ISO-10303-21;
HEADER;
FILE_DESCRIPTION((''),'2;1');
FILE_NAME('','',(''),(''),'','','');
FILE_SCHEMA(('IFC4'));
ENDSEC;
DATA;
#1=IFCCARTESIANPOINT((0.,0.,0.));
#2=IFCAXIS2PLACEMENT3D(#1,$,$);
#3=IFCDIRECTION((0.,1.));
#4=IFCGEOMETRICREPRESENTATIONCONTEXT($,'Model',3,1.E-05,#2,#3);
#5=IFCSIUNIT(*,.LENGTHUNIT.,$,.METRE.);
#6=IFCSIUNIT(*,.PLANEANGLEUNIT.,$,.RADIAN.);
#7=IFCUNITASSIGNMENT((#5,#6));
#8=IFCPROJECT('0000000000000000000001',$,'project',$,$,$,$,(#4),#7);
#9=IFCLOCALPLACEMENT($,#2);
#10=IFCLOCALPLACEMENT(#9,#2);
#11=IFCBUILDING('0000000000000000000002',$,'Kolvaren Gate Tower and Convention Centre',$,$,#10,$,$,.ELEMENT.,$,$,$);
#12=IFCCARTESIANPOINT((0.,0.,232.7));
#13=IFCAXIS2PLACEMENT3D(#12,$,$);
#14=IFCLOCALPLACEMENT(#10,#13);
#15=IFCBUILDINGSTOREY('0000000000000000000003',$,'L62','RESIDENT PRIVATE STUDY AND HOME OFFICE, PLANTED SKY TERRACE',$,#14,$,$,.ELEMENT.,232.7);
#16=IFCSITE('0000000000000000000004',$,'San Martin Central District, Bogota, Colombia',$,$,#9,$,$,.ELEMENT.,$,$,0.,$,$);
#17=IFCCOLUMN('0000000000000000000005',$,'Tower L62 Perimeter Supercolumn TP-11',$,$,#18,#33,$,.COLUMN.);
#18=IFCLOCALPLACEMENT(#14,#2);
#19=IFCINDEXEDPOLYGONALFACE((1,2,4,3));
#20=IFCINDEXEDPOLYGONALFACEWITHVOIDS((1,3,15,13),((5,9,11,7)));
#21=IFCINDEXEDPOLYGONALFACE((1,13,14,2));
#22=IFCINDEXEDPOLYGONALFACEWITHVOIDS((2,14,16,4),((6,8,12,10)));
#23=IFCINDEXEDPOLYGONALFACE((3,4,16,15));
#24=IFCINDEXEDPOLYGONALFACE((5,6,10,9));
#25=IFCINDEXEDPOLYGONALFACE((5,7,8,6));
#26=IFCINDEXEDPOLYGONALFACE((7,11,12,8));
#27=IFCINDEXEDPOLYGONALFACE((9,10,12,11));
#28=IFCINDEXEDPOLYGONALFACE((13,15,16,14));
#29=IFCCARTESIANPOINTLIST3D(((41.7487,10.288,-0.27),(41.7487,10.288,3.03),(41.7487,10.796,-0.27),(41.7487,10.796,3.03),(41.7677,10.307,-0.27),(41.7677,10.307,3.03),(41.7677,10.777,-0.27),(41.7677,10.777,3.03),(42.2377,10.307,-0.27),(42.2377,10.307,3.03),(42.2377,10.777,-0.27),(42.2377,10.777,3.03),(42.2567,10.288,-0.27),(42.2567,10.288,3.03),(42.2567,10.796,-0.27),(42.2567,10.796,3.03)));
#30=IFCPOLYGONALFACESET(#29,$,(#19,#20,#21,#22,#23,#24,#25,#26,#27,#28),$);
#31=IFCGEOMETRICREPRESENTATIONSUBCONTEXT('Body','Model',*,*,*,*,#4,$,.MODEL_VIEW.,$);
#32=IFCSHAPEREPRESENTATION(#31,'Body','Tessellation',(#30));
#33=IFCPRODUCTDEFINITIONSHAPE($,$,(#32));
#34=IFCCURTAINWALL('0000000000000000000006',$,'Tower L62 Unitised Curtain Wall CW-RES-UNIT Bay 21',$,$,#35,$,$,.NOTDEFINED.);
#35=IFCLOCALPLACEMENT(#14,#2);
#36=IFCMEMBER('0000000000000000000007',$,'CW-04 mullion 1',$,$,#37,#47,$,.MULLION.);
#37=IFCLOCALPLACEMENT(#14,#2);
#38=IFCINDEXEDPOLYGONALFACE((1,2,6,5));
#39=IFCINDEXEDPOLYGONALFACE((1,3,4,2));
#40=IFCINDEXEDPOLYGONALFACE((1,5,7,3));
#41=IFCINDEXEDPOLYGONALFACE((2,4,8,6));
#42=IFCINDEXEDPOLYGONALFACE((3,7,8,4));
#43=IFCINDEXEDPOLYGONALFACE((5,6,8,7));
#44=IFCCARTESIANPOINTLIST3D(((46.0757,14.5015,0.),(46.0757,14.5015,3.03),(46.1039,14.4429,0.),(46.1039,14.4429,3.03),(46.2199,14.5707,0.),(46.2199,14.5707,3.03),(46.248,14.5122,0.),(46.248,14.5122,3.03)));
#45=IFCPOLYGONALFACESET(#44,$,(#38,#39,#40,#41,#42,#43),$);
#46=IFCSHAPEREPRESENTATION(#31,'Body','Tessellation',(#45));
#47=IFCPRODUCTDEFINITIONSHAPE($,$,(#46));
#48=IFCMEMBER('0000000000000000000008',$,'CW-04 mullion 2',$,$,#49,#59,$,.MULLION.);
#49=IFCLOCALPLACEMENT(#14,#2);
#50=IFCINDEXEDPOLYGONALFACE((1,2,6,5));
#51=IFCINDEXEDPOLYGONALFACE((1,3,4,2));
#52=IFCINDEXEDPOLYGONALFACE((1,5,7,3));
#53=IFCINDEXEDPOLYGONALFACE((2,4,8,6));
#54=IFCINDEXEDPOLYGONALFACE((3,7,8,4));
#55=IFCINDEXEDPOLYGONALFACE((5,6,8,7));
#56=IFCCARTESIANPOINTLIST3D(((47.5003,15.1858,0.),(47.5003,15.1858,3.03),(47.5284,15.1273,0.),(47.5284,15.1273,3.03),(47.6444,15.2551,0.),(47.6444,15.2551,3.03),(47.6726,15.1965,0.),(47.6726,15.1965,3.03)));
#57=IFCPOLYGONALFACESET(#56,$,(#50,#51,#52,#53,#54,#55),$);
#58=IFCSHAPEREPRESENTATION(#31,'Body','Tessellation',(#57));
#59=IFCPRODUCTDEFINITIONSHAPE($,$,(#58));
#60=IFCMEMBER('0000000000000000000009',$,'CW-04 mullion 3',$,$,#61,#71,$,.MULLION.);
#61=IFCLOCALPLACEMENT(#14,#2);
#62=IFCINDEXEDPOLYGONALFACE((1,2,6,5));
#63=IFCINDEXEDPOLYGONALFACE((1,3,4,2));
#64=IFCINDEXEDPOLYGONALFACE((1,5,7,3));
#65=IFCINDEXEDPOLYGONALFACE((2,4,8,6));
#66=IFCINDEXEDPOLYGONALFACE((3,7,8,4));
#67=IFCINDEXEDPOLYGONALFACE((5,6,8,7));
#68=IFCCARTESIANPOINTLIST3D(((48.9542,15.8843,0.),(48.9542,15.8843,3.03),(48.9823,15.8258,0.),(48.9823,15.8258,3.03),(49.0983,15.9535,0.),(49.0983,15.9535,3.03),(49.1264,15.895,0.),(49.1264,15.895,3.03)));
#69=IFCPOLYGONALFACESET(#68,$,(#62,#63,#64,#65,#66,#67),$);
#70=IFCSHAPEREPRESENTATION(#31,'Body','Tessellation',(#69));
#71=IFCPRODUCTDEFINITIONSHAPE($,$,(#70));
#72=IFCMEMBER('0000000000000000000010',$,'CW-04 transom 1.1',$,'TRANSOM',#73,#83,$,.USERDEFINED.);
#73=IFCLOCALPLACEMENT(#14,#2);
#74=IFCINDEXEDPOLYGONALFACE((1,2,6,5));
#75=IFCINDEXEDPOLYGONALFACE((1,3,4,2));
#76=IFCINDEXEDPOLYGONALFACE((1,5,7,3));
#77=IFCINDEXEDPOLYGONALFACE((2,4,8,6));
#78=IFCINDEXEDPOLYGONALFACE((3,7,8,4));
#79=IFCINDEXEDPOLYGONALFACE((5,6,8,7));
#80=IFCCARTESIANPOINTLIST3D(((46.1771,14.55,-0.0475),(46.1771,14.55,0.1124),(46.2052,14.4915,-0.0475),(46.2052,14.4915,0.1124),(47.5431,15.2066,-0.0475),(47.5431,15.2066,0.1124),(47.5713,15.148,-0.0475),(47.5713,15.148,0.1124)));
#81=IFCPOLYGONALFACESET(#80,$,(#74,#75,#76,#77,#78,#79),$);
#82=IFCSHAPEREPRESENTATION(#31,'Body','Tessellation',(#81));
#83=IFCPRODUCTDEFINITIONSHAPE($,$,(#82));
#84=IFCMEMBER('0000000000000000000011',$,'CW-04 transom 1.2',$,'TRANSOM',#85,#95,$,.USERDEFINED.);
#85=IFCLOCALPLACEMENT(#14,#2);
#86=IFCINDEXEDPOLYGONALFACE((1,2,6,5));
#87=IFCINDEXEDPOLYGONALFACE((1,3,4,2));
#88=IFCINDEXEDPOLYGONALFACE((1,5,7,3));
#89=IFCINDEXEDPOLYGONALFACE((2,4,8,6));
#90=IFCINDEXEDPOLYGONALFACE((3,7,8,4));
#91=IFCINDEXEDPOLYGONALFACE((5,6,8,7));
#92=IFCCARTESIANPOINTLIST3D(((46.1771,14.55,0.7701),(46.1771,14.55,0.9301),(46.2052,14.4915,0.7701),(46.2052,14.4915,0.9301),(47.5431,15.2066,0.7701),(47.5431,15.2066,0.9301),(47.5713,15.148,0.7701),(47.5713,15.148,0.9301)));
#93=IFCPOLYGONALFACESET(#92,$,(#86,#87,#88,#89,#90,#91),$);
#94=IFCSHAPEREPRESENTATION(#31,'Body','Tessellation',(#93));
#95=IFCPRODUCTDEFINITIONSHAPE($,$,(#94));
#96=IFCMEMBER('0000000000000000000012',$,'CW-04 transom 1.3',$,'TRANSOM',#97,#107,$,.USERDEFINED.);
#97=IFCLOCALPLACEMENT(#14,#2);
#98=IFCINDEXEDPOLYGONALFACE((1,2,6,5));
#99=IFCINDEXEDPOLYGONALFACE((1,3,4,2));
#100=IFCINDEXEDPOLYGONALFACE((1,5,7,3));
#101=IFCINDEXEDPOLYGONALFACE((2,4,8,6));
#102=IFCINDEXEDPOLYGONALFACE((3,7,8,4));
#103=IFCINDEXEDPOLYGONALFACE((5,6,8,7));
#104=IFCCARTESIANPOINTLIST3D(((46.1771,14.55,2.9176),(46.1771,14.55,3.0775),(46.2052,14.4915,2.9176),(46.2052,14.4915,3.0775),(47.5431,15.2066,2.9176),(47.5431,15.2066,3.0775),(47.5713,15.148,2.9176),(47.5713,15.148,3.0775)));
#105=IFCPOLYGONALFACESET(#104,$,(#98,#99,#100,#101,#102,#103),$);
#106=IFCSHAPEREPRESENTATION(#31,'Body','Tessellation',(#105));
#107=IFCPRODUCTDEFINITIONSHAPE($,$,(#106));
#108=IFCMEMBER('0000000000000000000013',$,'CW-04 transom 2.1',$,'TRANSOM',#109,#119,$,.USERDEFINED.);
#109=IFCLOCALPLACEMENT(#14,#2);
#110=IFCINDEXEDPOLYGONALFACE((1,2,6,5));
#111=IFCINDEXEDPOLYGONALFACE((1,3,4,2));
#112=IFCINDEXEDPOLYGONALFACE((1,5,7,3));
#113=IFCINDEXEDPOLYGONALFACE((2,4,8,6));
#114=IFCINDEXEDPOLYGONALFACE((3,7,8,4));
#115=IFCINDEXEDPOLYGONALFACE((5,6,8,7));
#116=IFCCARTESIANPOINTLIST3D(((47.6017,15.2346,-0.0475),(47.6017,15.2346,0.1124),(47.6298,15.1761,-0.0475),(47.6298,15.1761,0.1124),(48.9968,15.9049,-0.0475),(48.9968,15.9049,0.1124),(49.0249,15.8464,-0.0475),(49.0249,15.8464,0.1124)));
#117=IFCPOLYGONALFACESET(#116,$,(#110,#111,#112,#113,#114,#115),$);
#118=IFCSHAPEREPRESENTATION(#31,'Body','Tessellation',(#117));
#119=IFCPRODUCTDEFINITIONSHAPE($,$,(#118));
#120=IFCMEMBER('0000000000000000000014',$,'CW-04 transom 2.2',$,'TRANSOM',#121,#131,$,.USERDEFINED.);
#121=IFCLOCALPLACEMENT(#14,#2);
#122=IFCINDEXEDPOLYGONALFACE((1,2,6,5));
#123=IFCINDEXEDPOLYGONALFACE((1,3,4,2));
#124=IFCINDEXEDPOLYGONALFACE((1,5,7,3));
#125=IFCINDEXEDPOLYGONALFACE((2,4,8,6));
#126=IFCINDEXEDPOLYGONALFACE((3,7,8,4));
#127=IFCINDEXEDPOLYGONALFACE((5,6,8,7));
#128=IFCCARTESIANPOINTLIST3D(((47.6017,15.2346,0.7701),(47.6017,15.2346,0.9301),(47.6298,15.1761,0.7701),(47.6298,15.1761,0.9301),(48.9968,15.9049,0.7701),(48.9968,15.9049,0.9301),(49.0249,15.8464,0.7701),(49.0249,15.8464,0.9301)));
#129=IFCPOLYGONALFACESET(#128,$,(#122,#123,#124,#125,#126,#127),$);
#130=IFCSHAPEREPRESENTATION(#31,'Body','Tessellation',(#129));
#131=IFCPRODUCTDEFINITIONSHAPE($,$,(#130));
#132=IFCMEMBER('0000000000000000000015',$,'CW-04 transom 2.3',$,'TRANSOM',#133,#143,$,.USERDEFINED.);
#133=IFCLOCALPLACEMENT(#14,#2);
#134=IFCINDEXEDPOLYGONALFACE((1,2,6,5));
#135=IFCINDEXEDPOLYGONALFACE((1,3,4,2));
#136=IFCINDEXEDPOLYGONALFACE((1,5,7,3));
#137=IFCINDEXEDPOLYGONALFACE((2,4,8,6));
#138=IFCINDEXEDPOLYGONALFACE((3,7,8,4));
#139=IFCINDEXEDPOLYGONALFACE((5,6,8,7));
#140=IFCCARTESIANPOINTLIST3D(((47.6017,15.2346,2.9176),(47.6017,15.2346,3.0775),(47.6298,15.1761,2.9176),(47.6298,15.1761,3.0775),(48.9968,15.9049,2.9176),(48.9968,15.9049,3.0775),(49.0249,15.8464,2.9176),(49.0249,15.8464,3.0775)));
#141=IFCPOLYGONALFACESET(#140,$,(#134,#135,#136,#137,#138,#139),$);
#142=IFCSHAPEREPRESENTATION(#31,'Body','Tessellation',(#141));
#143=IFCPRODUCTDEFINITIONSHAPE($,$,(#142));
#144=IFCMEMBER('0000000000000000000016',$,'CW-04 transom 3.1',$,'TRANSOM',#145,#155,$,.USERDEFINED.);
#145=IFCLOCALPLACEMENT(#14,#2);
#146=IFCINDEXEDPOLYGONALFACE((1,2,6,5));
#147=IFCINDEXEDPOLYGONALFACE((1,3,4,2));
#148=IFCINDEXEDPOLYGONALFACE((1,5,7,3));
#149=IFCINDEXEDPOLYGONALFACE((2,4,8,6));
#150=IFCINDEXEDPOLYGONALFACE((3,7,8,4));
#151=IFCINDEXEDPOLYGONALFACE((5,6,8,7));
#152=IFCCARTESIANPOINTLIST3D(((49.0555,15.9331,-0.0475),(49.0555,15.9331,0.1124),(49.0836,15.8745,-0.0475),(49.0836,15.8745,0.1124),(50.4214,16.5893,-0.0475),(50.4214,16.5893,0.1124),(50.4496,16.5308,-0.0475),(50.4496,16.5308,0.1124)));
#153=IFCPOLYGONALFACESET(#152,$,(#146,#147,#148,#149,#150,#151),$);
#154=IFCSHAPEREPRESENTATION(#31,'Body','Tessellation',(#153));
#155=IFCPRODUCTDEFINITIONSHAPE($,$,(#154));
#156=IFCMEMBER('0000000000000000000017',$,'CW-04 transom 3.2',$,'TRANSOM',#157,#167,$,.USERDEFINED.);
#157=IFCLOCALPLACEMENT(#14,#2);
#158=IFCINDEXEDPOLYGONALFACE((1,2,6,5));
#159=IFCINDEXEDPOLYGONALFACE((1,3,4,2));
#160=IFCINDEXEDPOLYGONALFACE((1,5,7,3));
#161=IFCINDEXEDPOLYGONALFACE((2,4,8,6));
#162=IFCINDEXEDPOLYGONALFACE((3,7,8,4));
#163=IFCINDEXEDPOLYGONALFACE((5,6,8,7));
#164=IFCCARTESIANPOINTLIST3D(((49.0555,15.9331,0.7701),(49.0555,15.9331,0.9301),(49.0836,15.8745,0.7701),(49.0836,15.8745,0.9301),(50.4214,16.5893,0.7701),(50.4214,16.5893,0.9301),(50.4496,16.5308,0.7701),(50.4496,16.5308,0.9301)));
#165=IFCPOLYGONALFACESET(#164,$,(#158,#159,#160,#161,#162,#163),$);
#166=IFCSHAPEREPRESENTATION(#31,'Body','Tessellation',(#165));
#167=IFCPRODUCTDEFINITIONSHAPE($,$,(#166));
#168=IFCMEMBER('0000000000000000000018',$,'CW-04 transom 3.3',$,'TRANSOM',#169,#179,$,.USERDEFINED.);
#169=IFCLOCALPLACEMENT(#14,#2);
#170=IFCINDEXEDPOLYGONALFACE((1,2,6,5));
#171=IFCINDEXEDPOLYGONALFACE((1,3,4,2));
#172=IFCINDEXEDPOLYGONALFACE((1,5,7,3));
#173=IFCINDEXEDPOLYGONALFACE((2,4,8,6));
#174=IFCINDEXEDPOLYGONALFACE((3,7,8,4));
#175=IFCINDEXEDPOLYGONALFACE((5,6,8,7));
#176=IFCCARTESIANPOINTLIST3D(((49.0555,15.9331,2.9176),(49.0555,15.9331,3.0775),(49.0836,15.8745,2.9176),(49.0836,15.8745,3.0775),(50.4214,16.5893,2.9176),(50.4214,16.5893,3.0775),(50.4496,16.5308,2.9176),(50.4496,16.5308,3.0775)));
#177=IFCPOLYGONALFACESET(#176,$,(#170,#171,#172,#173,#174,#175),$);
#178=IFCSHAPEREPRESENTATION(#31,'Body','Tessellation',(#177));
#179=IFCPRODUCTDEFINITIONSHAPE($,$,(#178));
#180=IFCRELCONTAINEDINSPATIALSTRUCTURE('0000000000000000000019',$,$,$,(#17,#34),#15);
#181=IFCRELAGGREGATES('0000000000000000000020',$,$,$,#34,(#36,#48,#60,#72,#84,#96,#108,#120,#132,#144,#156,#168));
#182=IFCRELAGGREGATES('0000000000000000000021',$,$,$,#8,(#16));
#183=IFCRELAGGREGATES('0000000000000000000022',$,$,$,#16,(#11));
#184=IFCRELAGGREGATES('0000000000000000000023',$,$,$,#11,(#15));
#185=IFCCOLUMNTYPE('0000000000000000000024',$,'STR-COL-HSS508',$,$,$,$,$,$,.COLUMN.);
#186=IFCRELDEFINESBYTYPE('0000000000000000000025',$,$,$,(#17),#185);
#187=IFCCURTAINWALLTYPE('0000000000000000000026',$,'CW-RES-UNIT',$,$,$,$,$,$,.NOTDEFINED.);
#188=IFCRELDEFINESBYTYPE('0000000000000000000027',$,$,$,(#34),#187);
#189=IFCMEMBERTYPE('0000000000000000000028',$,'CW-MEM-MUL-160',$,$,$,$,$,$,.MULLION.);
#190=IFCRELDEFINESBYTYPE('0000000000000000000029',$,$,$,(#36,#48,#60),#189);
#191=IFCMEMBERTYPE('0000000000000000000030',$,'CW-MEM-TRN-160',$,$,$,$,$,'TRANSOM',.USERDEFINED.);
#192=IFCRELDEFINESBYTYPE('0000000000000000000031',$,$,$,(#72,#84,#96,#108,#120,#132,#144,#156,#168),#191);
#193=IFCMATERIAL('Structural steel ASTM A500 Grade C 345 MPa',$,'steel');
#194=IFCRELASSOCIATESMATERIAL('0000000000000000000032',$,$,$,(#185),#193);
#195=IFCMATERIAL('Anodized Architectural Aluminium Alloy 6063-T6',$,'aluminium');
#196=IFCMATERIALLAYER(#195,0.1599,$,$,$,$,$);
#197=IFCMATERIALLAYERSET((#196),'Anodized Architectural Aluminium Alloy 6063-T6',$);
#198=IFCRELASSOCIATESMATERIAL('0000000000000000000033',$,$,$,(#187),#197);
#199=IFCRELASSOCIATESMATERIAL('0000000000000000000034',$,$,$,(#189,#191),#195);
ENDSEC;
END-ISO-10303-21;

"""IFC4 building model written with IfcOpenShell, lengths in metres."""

from ifc_helpers import new_model, si_unit, direction, frame, origin, origin_2d, place, context, subcontext, project, spatial, rectangle, hollow_rectangle, extrude, material, layer, layer_set, material_profile, profile_set, type_object, element, aggregate, save


model = new_model("IFC4")

# Units and contexts
model_context = context("Model", 3, precision=1e-05, world=origin(), true_north=direction((0.0, 1.0)))
body_context = subcontext(model_context, "Body", "Model", "MODEL_VIEW")
ifc_project = project(units=[si_unit("LENGTHUNIT", "METRE"), si_unit("PLANEANGLEUNIT", "RADIAN")], contexts=[model_context])

# Site, building, storey
site_placement = place(None, origin())
site = spatial("IfcSite", under=ifc_project, at=site_placement, Name="San Martin Central District, Bogota, Colombia", CompositionType="ELEMENT", RefElevation=0.0)
building_placement = place(site_placement, origin())
building = spatial("IfcBuilding", under=site, at=building_placement, Name="Kolvaren Gate Tower and Convention Centre", CompositionType="ELEMENT")
storey_placement = place(building_placement, frame((0.0, 0.0, 232.7)))
storey = spatial("IfcBuildingStorey", under=building, at=storey_placement, Name="L62", Description="RESIDENT PRIVATE STUDY AND HOME OFFICE, PLANTED SKY TERRACE", CompositionType="ELEMENT", Elevation=232.7)

# Column
ifc_material_1 = material(Name="Structural steel ASTM A500 Grade C 345 MPa", Category="steel")
ifc_material_profile_1 = material_profile(ifc_material_1, hollow_rectangle(XDim=0.5081, YDim=0.5081, WallThickness=0.019, at=origin_2d()), Name="HSS508X508X19.1")
ifc_profile_set_1 = profile_set([ifc_material_profile_1], Name="Structural steel ASTM A500 Grade C 345 MPa")
column_type = type_object("IfcColumnType", Name="STR-COL-HSS508", PredefinedType="COLUMN", material=ifc_profile_set_1)
column_placement = place(storey_placement, frame((42.0027, 10.542, -0.27), z_axis=(0.0, 0.0, 1.0), x_axis=(1.0, 0.0, 0.0)))
element("IfcColumn", 1, at=column_placement, inside=storey, type_object=column_type, Name="Tower L62 Perimeter Supercolumn TP-11", PredefinedType="COLUMN", context=body_context, shape_type="SweptSolid", body=[
    extrude(hollow_rectangle(XDim=0.5081, YDim=0.5081, WallThickness=0.019, at=origin_2d()), origin(), (0.0, 0.0, 1.0), 3.3),
])

# Curtain wall, members
ifc_material_2 = material(Name="Anodized Architectural Aluminium Alloy 6063-T6", Category="aluminium")
ifc_layer_1 = layer(ifc_material_2, 0.1599)
ifc_layer_set_1 = layer_set([ifc_layer_1], Name="Anodized Architectural Aluminium Alloy 6063-T6")
curtain_wall_type = type_object("IfcCurtainWallType", Name="CW-RES-UNIT", PredefinedType="NOTDEFINED", material=ifc_layer_set_1)
curtain_wall_placement = place(storey_placement, origin())
curtain_wall = element("IfcCurtainWall", 2, at=curtain_wall_placement, inside=storey, type_object=curtain_wall_type, Name="Tower L62 Unitised Curtain Wall CW-RES-UNIT Bay 21", PredefinedType="NOTDEFINED")
ifc_material_profile_2 = material_profile(ifc_material_2, rectangle(XDim=0.0649, YDim=0.1599, at=origin_2d()), Name="CW-MEM-MUL-160")
ifc_profile_set_2 = profile_set([ifc_material_profile_2], Name="Anodized Architectural Aluminium Alloy 6063-T6")
member_type_1 = type_object("IfcMemberType", Name="CW-MEM-MUL-160", PredefinedType="MULLION", material=ifc_profile_set_2)
member_1_placement = place(storey_placement, frame((46.1619, 14.5068, 0.0), z_axis=(0.0, 0.0, 1.0), x_axis=(-0.433064, 0.901363, 0.0)))
member_1 = element("IfcMember", 3, at=member_1_placement, type_object=member_type_1, Name="CW-04 mullion 1", PredefinedType="MULLION", context=body_context, shape_type="SweptSolid", body=[
    extrude(rectangle(XDim=0.0649, YDim=0.1599, at=origin_2d()), origin(), (0.0, 0.0, 1.0), 3.03),
])
member_2_placement = place(storey_placement, frame((47.5864, 15.1912, 0.0), z_axis=(0.0, 0.0, 1.0), x_axis=(-0.433064, 0.901363, 0.0)))
member_2 = element("IfcMember", 4, at=member_2_placement, type_object=member_type_1, Name="CW-04 mullion 2", PredefinedType="MULLION", context=body_context, shape_type="SweptSolid", body=[
    extrude(rectangle(XDim=0.0649, YDim=0.1599, at=origin_2d()), origin(), (0.0, 0.0, 1.0), 3.03),
])
member_3_placement = place(storey_placement, frame((49.0403, 15.8896, 0.0), z_axis=(0.0, 0.0, 1.0), x_axis=(-0.433064, 0.901363, 0.0)))
member_3 = element("IfcMember", 5, at=member_3_placement, type_object=member_type_1, Name="CW-04 mullion 3", PredefinedType="MULLION", context=body_context, shape_type="SweptSolid", body=[
    extrude(rectangle(XDim=0.0649, YDim=0.1599, at=origin_2d()), origin(), (0.0, 0.0, 1.0), 3.03),
])
ifc_material_profile_3 = material_profile(ifc_material_2, rectangle(XDim=0.0649, YDim=0.1599, at=origin_2d()), Name="CW-MEM-TRN-160")
ifc_profile_set_3 = profile_set([ifc_material_profile_3], Name="Anodized Architectural Aluminium Alloy 6063-T6")
member_type_2 = type_object("IfcMemberType", Name="CW-MEM-TRN-160", ElementType="TRANSOM", PredefinedType="USERDEFINED", material=ifc_profile_set_3)
member_4_placement = place(storey_placement, frame((46.1912, 14.5208, 0.0325), z_axis=(0.901309, 0.433176, 0.0), x_axis=(-0.433176, 0.901309, 0.0)))
member_4 = element("IfcMember", 6, at=member_4_placement, type_object=member_type_2, Name="CW-04 transom 1.1", ObjectType="TRANSOM", PredefinedType="USERDEFINED", context=body_context, shape_type="SweptSolid", body=[
    extrude(rectangle(XDim=0.0649, YDim=0.1599, at=origin_2d()), origin(), (0.0, 0.0, 1.0), 1.5156),
])
member_5_placement = place(storey_placement, frame((46.1912, 14.5208, 0.8501), z_axis=(0.901309, 0.433176, 0.0), x_axis=(-0.433176, 0.901309, 0.0)))
member_5 = element("IfcMember", 7, at=member_5_placement, type_object=member_type_2, Name="CW-04 transom 1.2", ObjectType="TRANSOM", PredefinedType="USERDEFINED", context=body_context, shape_type="SweptSolid", body=[
    extrude(rectangle(XDim=0.0649, YDim=0.1599, at=origin_2d()), origin(), (0.0, 0.0, 1.0), 1.5156),
])
member_6_placement = place(storey_placement, frame((46.1912, 14.5208, 2.9976), z_axis=(0.901309, 0.433176, 0.0), x_axis=(-0.433176, 0.901309, 0.0)))
member_6 = element("IfcMember", 8, at=member_6_placement, type_object=member_type_2, Name="CW-04 transom 1.3", ObjectType="TRANSOM", PredefinedType="USERDEFINED", context=body_context, shape_type="SweptSolid", body=[
    extrude(rectangle(XDim=0.0649, YDim=0.1599, at=origin_2d()), origin(), (0.0, 0.0, 1.0), 1.5156),
])
member_7_placement = place(storey_placement, frame((47.6157, 15.2053, 0.0325), z_axis=(0.901351, 0.43309, 0.0), x_axis=(-0.43309, 0.901351, 0.0)))
member_7 = element("IfcMember", 9, at=member_7_placement, type_object=member_type_2, Name="CW-04 transom 2.1", ObjectType="TRANSOM", PredefinedType="USERDEFINED", context=body_context, shape_type="SweptSolid", body=[
    extrude(rectangle(XDim=0.0649, YDim=0.1599, at=origin_2d()), origin(), (0.0, 0.0, 1.0), 1.5479),
])
member_8_placement = place(storey_placement, frame((47.6157, 15.2053, 0.8501), z_axis=(0.901351, 0.43309, 0.0), x_axis=(-0.43309, 0.901351, 0.0)))
member_8 = element("IfcMember", 10, at=member_8_placement, type_object=member_type_2, Name="CW-04 transom 2.2", ObjectType="TRANSOM", PredefinedType="USERDEFINED", context=body_context, shape_type="SweptSolid", body=[
    extrude(rectangle(XDim=0.0649, YDim=0.1599, at=origin_2d()), origin(), (0.0, 0.0, 1.0), 1.5479),
])
member_9_placement = place(storey_placement, frame((47.6157, 15.2053, 2.9976), z_axis=(0.901351, 0.43309, 0.0), x_axis=(-0.43309, 0.901351, 0.0)))
member_9 = element("IfcMember", 11, at=member_9_placement, type_object=member_type_2, Name="CW-04 transom 2.3", ObjectType="TRANSOM", PredefinedType="USERDEFINED", context=body_context, shape_type="SweptSolid", body=[
    extrude(rectangle(XDim=0.0649, YDim=0.1599, at=origin_2d()), origin(), (0.0, 0.0, 1.0), 1.5479),
])
member_10_placement = place(storey_placement, frame((49.0696, 15.9038, 0.0325), z_axis=(0.901372, 0.433045, 0.0), x_axis=(-0.433045, 0.901372, 0.0)))
member_10 = element("IfcMember", 12, at=member_10_placement, type_object=member_type_2, Name="CW-04 transom 3.1", ObjectType="TRANSOM", PredefinedType="USERDEFINED", context=body_context, shape_type="SweptSolid", body=[
    extrude(rectangle(XDim=0.0649, YDim=0.1599, at=origin_2d()), origin(), (0.0, 0.0, 1.0), 1.5154),
])
member_11_placement = place(storey_placement, frame((49.0696, 15.9038, 0.8501), z_axis=(0.901372, 0.433045, 0.0), x_axis=(-0.433045, 0.901372, 0.0)))
member_11 = element("IfcMember", 13, at=member_11_placement, type_object=member_type_2, Name="CW-04 transom 3.2", ObjectType="TRANSOM", PredefinedType="USERDEFINED", context=body_context, shape_type="SweptSolid", body=[
    extrude(rectangle(XDim=0.0649, YDim=0.1599, at=origin_2d()), origin(), (0.0, 0.0, 1.0), 1.5154),
])
member_12_placement = place(storey_placement, frame((49.0696, 15.9038, 2.9976), z_axis=(0.901372, 0.433045, 0.0), x_axis=(-0.433045, 0.901372, 0.0)))
member_12 = element("IfcMember", 14, at=member_12_placement, type_object=member_type_2, Name="CW-04 transom 3.3", ObjectType="TRANSOM", PredefinedType="USERDEFINED", context=body_context, shape_type="SweptSolid", body=[
    extrude(rectangle(XDim=0.0649, YDim=0.1599, at=origin_2d()), origin(), (0.0, 0.0, 1.0), 1.5154),
])

aggregate(curtain_wall, [member_1, member_2, member_3, member_4, member_5, member_6, member_7, member_8, member_9, member_10, member_11, member_12])

save(model, "model.ifc")
